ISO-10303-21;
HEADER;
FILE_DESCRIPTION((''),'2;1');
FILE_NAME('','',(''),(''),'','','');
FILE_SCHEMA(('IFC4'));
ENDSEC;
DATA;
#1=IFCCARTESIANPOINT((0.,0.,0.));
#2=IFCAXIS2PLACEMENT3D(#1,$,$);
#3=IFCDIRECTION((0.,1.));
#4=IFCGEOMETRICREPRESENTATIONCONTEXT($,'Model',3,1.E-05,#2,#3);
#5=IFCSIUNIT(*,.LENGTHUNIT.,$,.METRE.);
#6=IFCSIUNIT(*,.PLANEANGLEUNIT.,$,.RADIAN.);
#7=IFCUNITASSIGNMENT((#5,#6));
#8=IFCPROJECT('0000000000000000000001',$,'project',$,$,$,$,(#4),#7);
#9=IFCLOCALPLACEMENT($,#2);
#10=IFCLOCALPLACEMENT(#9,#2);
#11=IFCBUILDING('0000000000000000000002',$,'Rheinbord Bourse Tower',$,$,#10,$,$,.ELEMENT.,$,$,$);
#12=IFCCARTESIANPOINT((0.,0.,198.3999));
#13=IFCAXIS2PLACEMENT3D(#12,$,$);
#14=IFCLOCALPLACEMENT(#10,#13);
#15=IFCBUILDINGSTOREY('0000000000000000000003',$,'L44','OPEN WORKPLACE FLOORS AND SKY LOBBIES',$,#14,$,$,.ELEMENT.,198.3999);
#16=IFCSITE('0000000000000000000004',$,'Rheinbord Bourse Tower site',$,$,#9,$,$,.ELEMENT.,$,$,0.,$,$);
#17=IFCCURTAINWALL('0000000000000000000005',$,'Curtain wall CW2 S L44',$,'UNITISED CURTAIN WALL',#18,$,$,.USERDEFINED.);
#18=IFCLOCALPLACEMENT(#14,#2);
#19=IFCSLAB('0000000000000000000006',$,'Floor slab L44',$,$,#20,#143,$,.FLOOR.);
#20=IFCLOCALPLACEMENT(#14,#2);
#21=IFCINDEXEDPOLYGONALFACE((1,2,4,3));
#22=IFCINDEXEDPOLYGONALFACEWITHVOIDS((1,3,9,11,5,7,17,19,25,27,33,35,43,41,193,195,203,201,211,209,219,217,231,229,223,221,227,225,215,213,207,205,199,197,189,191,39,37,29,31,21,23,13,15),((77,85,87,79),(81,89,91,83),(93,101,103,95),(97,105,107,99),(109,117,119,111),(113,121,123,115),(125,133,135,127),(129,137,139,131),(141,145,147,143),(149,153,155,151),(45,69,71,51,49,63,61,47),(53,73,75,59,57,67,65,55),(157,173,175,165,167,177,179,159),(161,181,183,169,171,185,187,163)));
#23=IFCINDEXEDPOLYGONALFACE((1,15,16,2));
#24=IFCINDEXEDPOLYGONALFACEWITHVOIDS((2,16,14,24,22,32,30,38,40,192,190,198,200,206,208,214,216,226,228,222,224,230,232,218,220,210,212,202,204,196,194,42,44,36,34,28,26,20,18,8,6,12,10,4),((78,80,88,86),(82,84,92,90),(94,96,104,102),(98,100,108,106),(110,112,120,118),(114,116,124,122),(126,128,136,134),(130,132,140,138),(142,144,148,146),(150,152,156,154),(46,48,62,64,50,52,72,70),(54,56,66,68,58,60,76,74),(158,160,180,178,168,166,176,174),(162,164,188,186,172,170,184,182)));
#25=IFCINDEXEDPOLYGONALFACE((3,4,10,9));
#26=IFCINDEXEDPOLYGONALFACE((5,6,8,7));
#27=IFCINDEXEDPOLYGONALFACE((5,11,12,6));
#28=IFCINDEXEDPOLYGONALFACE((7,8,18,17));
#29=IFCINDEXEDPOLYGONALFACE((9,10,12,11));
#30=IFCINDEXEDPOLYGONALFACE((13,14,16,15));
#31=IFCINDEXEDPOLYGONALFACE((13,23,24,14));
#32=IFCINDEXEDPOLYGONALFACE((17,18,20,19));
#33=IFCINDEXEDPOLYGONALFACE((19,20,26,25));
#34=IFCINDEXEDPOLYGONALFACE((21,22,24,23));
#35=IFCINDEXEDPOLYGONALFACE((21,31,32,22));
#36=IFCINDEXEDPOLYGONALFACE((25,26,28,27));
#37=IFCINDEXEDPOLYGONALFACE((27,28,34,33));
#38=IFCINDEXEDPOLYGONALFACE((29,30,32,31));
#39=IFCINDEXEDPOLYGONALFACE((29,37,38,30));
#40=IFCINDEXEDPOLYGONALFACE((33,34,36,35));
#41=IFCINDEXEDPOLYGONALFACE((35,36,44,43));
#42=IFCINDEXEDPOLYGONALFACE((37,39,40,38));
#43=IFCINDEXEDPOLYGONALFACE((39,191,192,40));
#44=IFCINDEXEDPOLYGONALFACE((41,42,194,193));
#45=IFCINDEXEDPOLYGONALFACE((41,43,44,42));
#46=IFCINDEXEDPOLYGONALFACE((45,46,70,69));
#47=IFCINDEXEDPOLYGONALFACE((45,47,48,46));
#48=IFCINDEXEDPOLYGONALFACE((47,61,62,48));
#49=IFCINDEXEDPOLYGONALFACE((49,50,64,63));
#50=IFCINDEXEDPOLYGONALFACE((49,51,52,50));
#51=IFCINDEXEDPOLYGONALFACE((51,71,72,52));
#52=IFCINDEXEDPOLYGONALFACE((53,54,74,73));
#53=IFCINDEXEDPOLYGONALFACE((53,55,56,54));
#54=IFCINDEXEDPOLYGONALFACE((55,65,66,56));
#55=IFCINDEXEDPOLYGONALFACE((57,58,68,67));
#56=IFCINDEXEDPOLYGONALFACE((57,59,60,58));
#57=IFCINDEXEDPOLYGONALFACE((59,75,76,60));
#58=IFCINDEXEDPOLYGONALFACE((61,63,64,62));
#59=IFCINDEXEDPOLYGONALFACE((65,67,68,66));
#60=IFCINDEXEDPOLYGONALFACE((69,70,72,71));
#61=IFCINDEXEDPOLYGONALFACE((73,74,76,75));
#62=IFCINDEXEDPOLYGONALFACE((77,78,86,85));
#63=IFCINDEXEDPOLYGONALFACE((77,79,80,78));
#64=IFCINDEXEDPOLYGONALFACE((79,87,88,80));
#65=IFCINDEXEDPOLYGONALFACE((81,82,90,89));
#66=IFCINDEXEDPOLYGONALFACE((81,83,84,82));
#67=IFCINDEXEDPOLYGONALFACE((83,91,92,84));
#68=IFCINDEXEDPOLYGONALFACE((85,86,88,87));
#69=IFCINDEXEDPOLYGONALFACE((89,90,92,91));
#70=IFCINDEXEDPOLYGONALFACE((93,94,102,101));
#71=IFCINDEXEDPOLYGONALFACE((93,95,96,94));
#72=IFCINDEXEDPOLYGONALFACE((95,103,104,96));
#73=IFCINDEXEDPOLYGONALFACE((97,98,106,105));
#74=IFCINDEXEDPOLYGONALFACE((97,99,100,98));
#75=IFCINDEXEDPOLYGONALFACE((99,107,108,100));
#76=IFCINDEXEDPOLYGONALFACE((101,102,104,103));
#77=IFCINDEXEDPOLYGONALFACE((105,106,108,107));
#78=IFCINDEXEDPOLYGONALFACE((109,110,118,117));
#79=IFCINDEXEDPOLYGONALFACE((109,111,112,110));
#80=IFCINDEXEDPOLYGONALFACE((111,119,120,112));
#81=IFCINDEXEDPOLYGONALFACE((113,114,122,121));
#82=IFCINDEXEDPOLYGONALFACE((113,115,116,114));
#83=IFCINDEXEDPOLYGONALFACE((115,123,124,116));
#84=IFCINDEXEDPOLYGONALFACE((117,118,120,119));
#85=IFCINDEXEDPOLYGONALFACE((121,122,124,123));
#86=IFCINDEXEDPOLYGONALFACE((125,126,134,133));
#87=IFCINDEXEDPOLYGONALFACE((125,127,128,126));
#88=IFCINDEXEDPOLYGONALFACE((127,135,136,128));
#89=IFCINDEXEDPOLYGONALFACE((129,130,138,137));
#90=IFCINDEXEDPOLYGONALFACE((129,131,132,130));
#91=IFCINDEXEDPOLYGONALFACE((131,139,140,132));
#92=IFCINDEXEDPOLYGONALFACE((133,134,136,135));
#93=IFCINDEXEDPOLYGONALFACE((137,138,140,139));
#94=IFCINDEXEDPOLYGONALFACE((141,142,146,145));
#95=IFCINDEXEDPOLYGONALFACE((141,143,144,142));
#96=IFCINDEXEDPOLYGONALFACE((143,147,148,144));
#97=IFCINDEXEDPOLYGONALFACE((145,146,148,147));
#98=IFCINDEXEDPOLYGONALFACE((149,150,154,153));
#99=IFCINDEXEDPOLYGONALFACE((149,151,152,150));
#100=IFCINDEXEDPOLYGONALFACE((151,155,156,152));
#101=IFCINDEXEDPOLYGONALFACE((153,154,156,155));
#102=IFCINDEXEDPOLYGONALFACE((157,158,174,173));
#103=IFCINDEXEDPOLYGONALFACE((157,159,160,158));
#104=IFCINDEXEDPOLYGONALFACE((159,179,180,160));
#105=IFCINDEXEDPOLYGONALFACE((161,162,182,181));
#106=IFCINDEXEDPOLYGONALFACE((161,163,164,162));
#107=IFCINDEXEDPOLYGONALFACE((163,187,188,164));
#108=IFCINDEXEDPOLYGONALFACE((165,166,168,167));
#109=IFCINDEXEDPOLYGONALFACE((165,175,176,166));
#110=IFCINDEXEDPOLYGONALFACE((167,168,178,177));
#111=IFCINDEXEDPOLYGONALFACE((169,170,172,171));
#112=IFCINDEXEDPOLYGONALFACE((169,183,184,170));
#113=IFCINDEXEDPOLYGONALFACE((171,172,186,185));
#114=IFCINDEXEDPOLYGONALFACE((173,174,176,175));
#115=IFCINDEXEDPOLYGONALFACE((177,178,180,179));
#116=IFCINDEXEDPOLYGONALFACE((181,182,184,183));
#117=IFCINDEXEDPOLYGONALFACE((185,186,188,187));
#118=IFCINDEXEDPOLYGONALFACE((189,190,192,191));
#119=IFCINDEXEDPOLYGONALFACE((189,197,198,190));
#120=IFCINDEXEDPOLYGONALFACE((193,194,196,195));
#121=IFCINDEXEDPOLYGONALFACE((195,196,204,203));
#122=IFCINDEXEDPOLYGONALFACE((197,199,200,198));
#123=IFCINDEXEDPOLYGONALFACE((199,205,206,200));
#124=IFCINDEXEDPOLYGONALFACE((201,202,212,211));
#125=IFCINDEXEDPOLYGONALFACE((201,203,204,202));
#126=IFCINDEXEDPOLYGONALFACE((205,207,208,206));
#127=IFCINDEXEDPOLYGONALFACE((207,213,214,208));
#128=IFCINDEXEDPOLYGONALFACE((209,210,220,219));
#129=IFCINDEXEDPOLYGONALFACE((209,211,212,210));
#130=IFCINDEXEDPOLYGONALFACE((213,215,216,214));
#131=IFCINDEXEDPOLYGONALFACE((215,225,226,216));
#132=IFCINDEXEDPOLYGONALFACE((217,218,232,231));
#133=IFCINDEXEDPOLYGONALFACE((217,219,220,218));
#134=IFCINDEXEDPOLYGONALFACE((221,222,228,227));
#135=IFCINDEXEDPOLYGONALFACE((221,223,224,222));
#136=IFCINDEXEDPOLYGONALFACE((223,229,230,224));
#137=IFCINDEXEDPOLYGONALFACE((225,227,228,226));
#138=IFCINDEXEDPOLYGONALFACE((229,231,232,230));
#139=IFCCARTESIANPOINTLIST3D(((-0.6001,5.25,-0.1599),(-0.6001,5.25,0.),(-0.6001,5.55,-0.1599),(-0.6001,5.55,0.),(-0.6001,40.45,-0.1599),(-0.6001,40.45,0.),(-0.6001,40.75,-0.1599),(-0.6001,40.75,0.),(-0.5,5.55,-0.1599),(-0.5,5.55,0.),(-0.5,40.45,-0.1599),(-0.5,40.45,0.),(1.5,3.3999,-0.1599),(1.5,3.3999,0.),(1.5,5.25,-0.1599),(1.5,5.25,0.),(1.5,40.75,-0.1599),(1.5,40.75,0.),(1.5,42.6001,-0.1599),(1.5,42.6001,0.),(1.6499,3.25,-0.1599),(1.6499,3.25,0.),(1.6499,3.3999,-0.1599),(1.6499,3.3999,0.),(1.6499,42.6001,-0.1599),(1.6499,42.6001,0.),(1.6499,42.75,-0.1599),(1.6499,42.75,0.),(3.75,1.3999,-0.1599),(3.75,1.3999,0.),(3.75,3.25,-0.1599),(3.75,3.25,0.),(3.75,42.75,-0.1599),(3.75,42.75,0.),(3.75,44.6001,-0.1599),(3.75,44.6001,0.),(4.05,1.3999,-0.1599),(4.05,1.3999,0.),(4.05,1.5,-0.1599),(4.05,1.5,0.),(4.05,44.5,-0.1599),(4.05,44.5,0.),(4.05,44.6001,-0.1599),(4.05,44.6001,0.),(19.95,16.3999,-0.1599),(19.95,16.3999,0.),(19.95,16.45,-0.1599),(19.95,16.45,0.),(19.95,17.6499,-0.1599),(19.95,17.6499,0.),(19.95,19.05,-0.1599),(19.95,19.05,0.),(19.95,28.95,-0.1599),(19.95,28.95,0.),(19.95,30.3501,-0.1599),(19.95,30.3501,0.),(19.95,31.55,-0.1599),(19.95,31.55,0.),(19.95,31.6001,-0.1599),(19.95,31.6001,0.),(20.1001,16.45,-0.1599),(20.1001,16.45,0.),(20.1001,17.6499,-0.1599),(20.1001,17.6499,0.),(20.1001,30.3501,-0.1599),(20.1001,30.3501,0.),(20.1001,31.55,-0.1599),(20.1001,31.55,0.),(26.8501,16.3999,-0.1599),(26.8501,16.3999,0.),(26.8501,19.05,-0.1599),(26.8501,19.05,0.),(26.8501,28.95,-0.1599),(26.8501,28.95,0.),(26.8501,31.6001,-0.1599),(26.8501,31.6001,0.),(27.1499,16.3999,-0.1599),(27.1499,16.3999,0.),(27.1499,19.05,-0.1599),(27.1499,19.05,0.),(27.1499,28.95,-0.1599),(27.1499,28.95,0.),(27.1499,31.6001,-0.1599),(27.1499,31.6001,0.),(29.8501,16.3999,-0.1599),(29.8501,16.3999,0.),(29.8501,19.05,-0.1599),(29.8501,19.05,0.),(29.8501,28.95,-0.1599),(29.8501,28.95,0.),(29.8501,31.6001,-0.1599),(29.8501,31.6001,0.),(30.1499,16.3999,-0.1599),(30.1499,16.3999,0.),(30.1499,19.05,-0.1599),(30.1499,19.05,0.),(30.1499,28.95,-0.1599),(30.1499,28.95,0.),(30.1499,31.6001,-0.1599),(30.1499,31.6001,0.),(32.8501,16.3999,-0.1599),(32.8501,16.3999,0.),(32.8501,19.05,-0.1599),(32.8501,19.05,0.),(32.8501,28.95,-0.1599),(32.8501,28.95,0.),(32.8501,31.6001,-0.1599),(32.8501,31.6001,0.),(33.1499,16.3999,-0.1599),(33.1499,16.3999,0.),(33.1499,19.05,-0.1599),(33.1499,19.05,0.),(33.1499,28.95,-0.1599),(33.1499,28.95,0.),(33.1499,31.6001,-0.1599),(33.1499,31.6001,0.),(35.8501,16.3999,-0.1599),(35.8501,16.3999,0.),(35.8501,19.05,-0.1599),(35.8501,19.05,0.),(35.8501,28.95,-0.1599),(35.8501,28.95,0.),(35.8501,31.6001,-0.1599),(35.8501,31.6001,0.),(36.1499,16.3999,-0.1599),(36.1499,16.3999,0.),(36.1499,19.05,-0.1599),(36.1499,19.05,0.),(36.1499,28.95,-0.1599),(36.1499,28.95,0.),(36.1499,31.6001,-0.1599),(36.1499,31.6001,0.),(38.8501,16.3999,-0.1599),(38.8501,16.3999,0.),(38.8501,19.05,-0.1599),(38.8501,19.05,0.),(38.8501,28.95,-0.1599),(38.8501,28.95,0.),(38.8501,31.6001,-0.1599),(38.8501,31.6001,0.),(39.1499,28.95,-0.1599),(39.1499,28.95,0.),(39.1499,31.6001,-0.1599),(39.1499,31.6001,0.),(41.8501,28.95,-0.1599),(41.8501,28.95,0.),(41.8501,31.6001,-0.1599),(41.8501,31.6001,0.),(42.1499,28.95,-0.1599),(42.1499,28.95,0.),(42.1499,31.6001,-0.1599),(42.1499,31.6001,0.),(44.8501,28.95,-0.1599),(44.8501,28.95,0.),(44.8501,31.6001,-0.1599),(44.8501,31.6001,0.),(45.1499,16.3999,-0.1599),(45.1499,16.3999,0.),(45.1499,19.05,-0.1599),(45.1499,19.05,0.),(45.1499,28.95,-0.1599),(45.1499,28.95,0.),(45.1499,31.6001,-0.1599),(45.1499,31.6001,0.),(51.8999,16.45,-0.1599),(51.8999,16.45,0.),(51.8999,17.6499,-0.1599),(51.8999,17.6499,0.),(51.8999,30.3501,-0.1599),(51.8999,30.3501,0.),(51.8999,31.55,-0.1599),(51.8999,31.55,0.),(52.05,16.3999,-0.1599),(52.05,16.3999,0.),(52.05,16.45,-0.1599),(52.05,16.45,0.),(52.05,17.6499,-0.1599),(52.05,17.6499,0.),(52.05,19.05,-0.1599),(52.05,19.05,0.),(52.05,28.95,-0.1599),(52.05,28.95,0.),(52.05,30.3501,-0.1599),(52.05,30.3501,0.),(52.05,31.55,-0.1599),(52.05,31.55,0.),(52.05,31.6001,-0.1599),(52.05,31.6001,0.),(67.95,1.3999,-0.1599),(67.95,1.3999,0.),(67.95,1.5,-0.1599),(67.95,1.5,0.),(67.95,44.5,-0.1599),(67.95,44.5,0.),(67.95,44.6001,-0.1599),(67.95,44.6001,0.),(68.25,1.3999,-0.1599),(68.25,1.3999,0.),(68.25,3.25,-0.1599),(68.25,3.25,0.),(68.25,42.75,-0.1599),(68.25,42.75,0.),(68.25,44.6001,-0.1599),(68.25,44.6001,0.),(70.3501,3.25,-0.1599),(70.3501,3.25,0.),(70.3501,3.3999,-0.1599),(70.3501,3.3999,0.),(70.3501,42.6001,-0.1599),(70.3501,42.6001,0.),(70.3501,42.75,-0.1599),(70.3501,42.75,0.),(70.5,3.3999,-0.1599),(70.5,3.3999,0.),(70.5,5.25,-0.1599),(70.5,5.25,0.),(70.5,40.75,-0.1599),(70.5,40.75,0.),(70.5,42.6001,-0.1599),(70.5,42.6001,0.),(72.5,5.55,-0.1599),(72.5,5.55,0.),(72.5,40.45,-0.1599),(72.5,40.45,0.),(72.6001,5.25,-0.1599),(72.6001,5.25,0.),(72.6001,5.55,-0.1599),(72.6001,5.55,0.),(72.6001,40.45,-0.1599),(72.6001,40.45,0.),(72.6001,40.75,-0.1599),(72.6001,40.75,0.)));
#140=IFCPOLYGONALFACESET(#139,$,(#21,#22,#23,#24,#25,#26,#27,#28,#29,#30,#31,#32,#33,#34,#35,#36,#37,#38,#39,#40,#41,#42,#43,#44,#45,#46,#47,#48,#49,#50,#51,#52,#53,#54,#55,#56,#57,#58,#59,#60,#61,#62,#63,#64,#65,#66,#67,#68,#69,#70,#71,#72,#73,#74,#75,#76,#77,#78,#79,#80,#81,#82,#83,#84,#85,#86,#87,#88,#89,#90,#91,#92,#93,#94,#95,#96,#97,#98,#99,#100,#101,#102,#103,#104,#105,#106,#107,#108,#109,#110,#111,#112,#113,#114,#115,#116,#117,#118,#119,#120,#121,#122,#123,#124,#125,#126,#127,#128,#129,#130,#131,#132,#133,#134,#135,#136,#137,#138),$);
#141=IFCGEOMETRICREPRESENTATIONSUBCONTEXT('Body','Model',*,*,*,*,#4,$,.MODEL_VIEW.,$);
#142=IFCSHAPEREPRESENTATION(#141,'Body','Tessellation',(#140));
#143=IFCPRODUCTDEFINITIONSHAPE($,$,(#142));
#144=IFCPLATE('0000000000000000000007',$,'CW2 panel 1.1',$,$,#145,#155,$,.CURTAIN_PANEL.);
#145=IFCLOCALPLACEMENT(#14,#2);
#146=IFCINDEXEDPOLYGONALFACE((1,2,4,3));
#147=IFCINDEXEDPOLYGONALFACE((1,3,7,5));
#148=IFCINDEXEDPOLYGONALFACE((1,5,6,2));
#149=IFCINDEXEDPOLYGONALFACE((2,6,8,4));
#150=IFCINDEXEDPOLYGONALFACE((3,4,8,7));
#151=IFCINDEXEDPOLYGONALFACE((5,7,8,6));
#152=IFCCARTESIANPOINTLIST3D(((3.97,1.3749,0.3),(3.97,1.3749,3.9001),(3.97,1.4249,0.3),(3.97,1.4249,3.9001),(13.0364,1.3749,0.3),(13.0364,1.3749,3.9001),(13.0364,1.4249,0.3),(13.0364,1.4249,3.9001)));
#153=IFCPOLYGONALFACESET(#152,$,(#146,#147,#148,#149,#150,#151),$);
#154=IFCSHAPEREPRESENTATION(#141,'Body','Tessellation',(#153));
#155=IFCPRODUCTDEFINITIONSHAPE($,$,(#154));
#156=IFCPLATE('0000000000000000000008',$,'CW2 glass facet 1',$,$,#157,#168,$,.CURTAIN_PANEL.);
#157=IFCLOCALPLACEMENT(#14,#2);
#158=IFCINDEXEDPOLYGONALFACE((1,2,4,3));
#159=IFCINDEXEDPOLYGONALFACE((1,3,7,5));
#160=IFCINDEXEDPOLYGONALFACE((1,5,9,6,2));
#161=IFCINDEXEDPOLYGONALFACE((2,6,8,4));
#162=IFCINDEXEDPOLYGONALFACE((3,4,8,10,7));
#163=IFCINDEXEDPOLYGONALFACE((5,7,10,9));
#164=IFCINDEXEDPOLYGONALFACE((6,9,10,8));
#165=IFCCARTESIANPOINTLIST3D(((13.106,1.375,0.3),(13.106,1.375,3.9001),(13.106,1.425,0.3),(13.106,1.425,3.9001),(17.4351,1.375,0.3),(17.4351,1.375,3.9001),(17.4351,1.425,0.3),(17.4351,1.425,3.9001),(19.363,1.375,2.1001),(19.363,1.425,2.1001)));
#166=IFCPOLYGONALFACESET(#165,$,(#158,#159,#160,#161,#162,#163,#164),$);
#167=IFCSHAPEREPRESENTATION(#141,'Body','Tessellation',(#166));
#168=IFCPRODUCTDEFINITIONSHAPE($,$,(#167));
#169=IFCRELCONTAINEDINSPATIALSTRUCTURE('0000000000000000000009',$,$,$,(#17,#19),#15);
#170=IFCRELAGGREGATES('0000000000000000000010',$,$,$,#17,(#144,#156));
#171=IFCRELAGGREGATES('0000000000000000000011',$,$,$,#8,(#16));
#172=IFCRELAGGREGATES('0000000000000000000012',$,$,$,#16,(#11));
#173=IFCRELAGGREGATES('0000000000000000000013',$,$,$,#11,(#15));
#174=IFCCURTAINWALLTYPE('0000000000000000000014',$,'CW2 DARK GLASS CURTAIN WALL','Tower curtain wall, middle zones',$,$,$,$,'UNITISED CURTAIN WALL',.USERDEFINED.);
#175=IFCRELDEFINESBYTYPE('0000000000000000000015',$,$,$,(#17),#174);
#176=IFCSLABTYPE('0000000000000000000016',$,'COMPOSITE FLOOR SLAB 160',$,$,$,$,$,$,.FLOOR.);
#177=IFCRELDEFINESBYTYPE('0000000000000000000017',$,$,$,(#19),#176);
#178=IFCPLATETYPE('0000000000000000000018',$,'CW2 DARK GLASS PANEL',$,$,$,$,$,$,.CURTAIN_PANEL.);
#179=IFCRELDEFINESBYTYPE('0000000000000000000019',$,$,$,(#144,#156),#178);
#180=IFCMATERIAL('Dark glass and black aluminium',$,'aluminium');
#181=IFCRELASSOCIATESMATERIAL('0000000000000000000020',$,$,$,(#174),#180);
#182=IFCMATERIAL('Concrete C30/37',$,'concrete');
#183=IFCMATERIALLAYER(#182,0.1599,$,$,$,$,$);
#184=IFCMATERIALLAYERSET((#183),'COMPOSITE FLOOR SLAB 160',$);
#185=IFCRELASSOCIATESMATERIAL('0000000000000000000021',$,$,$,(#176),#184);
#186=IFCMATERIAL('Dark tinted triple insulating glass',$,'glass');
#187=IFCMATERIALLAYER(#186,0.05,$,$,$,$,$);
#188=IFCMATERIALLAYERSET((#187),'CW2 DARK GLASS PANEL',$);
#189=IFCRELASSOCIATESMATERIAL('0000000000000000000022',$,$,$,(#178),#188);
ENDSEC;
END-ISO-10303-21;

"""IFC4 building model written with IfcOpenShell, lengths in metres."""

from ifc_helpers import new_model, si_unit, direction, frame, origin, origin_2d, place, context, subcontext, project, spatial, polyline, rectangle, outline, extrude, material, layer, layer_set, type_object, element, aggregate, save


model = new_model("IFC4")

# Units and contexts
model_context = context("Model", 3, precision=1e-05, world=origin(), true_north=direction((0.0, 1.0)))
body_context = subcontext(model_context, "Body", "Model", "MODEL_VIEW")
ifc_project = project(units=[si_unit("LENGTHUNIT", "METRE"), si_unit("PLANEANGLEUNIT", "RADIAN")], contexts=[model_context])

# Site, building, storey
site_placement = place(None, origin())
site = spatial("IfcSite", under=ifc_project, at=site_placement, Name="Rheinbord Bourse Tower site", CompositionType="ELEMENT", RefElevation=0.0)
building_placement = place(site_placement, origin())
building = spatial("IfcBuilding", under=site, at=building_placement, Name="Rheinbord Bourse Tower", CompositionType="ELEMENT")
storey_placement = place(building_placement, frame((0.0, 0.0, 198.3999)))
storey = spatial("IfcBuildingStorey", under=building, at=storey_placement, Name="L44", Description="OPEN WORKPLACE FLOORS AND SKY LOBBIES", CompositionType="ELEMENT", Elevation=198.3999)

# Curtain wall
ifc_material_1 = material(Name="Dark glass and black aluminium", Category="aluminium")
curtain_wall_type = type_object("IfcCurtainWallType", Name="CW2 DARK GLASS CURTAIN WALL", Description="Tower curtain wall, middle zones", ElementType="UNITISED CURTAIN WALL", PredefinedType="USERDEFINED", material=ifc_material_1)
curtain_wall_1_placement = place(storey_placement, origin())
curtain_wall_1 = element("IfcCurtainWall", 1, at=curtain_wall_1_placement, inside=storey, type_object=curtain_wall_type, Name="Curtain wall CW2 S L44", ObjectType="UNITISED CURTAIN WALL", PredefinedType="USERDEFINED")

# Slab
ifc_material_2 = material(Name="Concrete C30/37", Category="concrete")
ifc_layer_1 = layer(ifc_material_2, 0.1599)
ifc_layer_set_1 = layer_set([ifc_layer_1], Name="COMPOSITE FLOOR SLAB 160")
slab_type_1 = type_object("IfcSlabType", Name="COMPOSITE FLOOR SLAB 160", PredefinedType="FLOOR", material=ifc_layer_set_1)
slab_1_placement = place(storey_placement, frame((0.0, 0.0, -0.1599)))
element("IfcSlab", 2, at=slab_1_placement, inside=storey, type_object=slab_type_1, Name="Floor slab L44", PredefinedType="FLOOR", context=body_context, shape_type="SweptSolid", body=[
    extrude(outline(polyline([(1.6499, 3.3999), (1.5, 3.3999), (1.5, 5.25), (-0.6001, 5.25), (-0.6001, 5.55), (-0.5, 5.55), (-0.5, 40.45), (-0.6001, 40.45), (-0.6001, 40.75), (1.5, 40.75), (1.5, 42.6001), (1.6499, 42.6001), (1.6499, 42.75), (3.75, 42.75), (3.75, 44.6001), (4.05, 44.6001), (4.05, 44.5), (67.95, 44.5), (67.95, 44.6001), (68.25, 44.6001), (68.25, 42.75), (70.3501, 42.75), (70.3501, 42.6001), (70.5, 42.6001), (70.5, 40.75), (72.6001, 40.75), (72.6001, 40.45), (72.5, 40.45), (72.5, 5.55), (72.6001, 5.55), (72.6001, 5.25), (70.5, 5.25), (70.5, 3.3999), (70.3501, 3.3999), (70.3501, 3.25), (68.25, 3.25), (68.25, 1.3999), (67.95, 1.3999), (67.95, 1.5), (4.05, 1.5), (4.05, 1.3999), (3.75, 1.3999), (3.75, 3.25), (1.6499, 3.25), (1.6499, 3.3999)]), holes=[polyline([(19.95, 19.05), (26.8501, 19.05), (26.8501, 16.3999), (19.95, 16.3999), (19.95, 16.45), (20.1001, 16.45), (20.1001, 17.6499), (19.95, 17.6499), (19.95, 19.05)]), polyline([(19.95, 31.6001), (26.8501, 31.6001), (26.8501, 28.95), (19.95, 28.95), (19.95, 30.3501), (20.1001, 30.3501), (20.1001, 31.55), (19.95, 31.55), (19.95, 31.6001)]), polyline([(52.05, 16.3999), (45.1499, 16.3999), (45.1499, 19.05), (52.05, 19.05), (52.05, 17.6499), (51.8999, 17.6499), (51.8999, 16.45), (52.05, 16.45), (52.05, 16.3999)]), polyline([(52.05, 28.95), (45.1499, 28.95), (45.1499, 31.6001), (52.05, 31.6001), (52.05, 31.55), (51.8999, 31.55), (51.8999, 30.3501), (52.05, 30.3501), (52.05, 28.95)]), polyline([(27.1499, 16.3999), (27.1499, 19.05), (29.8501, 19.05), (29.8501, 16.3999), (27.1499, 16.3999)]), polyline([(27.1499, 28.95), (27.1499, 31.6001), (29.8501, 31.6001), (29.8501, 28.95), (27.1499, 28.95)]), polyline([(30.1499, 16.3999), (30.1499, 19.05), (32.8501, 19.05), (32.8501, 16.3999), (30.1499, 16.3999)]), polyline([(30.1499, 28.95), (30.1499, 31.6001), (32.8501, 31.6001), (32.8501, 28.95), (30.1499, 28.95)]), polyline([(33.1499, 16.3999), (33.1499, 19.05), (35.8501, 19.05), (35.8501, 16.3999), (33.1499, 16.3999)]), polyline([(33.1499, 28.95), (33.1499, 31.6001), (35.8501, 31.6001), (35.8501, 28.95), (33.1499, 28.95)]), polyline([(36.1499, 16.3999), (36.1499, 19.05), (38.8501, 19.05), (38.8501, 16.3999), (36.1499, 16.3999)]), polyline([(36.1499, 28.95), (36.1499, 31.6001), (38.8501, 31.6001), (38.8501, 28.95), (36.1499, 28.95)]), polyline([(39.1499, 28.95), (39.1499, 31.6001), (41.8501, 31.6001), (41.8501, 28.95), (39.1499, 28.95)]), polyline([(42.1499, 28.95), (42.1499, 31.6001), (44.8501, 31.6001), (44.8501, 28.95), (42.1499, 28.95)])]), origin(), (0.0, 0.0, 1.0), 0.1599),
])

# Plates
ifc_material_3 = material(Name="Dark tinted triple insulating glass", Category="glass")
ifc_layer_2 = layer(ifc_material_3, 0.05)
ifc_layer_set_2 = layer_set([ifc_layer_2], Name="CW2 DARK GLASS PANEL")
plate_type = type_object("IfcPlateType", Name="CW2 DARK GLASS PANEL", PredefinedType="CURTAIN_PANEL", material=ifc_layer_set_2)
plate_1_placement = place(storey_placement, frame((8.5032, 1.3999, 0.3), z_axis=(0.0, 0.0, 1.0), x_axis=(1.0, 0.0, 0.0)))
plate_1 = element("IfcPlate", 3, at=plate_1_placement, type_object=plate_type, Name="CW2 panel 1.1", PredefinedType="CURTAIN_PANEL", context=body_context, shape_type="SweptSolid", body=[
    extrude(rectangle(XDim=9.0664, YDim=0.05, at=origin_2d()), origin(), (0.0, 0.0, 1.0), 3.6001),
])
plate_2_placement = place(storey_placement, frame((13.106, 1.375, 0.3), z_axis=(0.0, 1.0, 0.0), x_axis=(0.0, 0.0, 1.0)))
plate_2 = element("IfcPlate", 4, at=plate_2_placement, type_object=plate_type, Name="CW2 glass facet 1", PredefinedType="CURTAIN_PANEL", context=body_context, shape_type="SweptSolid", body=[
    extrude(outline(polyline([(0.0, 0.0), (3.6001, 0.0), (3.6001, 4.3291), (1.8, 6.2571), (0.0, 4.3291), (0.0, 0.0)])), origin(), (0.0, 0.0, 1.0), 0.05),
])
aggregate(curtain_wall_1, [plate_1, plate_2])

save(model, "model.ifc")
